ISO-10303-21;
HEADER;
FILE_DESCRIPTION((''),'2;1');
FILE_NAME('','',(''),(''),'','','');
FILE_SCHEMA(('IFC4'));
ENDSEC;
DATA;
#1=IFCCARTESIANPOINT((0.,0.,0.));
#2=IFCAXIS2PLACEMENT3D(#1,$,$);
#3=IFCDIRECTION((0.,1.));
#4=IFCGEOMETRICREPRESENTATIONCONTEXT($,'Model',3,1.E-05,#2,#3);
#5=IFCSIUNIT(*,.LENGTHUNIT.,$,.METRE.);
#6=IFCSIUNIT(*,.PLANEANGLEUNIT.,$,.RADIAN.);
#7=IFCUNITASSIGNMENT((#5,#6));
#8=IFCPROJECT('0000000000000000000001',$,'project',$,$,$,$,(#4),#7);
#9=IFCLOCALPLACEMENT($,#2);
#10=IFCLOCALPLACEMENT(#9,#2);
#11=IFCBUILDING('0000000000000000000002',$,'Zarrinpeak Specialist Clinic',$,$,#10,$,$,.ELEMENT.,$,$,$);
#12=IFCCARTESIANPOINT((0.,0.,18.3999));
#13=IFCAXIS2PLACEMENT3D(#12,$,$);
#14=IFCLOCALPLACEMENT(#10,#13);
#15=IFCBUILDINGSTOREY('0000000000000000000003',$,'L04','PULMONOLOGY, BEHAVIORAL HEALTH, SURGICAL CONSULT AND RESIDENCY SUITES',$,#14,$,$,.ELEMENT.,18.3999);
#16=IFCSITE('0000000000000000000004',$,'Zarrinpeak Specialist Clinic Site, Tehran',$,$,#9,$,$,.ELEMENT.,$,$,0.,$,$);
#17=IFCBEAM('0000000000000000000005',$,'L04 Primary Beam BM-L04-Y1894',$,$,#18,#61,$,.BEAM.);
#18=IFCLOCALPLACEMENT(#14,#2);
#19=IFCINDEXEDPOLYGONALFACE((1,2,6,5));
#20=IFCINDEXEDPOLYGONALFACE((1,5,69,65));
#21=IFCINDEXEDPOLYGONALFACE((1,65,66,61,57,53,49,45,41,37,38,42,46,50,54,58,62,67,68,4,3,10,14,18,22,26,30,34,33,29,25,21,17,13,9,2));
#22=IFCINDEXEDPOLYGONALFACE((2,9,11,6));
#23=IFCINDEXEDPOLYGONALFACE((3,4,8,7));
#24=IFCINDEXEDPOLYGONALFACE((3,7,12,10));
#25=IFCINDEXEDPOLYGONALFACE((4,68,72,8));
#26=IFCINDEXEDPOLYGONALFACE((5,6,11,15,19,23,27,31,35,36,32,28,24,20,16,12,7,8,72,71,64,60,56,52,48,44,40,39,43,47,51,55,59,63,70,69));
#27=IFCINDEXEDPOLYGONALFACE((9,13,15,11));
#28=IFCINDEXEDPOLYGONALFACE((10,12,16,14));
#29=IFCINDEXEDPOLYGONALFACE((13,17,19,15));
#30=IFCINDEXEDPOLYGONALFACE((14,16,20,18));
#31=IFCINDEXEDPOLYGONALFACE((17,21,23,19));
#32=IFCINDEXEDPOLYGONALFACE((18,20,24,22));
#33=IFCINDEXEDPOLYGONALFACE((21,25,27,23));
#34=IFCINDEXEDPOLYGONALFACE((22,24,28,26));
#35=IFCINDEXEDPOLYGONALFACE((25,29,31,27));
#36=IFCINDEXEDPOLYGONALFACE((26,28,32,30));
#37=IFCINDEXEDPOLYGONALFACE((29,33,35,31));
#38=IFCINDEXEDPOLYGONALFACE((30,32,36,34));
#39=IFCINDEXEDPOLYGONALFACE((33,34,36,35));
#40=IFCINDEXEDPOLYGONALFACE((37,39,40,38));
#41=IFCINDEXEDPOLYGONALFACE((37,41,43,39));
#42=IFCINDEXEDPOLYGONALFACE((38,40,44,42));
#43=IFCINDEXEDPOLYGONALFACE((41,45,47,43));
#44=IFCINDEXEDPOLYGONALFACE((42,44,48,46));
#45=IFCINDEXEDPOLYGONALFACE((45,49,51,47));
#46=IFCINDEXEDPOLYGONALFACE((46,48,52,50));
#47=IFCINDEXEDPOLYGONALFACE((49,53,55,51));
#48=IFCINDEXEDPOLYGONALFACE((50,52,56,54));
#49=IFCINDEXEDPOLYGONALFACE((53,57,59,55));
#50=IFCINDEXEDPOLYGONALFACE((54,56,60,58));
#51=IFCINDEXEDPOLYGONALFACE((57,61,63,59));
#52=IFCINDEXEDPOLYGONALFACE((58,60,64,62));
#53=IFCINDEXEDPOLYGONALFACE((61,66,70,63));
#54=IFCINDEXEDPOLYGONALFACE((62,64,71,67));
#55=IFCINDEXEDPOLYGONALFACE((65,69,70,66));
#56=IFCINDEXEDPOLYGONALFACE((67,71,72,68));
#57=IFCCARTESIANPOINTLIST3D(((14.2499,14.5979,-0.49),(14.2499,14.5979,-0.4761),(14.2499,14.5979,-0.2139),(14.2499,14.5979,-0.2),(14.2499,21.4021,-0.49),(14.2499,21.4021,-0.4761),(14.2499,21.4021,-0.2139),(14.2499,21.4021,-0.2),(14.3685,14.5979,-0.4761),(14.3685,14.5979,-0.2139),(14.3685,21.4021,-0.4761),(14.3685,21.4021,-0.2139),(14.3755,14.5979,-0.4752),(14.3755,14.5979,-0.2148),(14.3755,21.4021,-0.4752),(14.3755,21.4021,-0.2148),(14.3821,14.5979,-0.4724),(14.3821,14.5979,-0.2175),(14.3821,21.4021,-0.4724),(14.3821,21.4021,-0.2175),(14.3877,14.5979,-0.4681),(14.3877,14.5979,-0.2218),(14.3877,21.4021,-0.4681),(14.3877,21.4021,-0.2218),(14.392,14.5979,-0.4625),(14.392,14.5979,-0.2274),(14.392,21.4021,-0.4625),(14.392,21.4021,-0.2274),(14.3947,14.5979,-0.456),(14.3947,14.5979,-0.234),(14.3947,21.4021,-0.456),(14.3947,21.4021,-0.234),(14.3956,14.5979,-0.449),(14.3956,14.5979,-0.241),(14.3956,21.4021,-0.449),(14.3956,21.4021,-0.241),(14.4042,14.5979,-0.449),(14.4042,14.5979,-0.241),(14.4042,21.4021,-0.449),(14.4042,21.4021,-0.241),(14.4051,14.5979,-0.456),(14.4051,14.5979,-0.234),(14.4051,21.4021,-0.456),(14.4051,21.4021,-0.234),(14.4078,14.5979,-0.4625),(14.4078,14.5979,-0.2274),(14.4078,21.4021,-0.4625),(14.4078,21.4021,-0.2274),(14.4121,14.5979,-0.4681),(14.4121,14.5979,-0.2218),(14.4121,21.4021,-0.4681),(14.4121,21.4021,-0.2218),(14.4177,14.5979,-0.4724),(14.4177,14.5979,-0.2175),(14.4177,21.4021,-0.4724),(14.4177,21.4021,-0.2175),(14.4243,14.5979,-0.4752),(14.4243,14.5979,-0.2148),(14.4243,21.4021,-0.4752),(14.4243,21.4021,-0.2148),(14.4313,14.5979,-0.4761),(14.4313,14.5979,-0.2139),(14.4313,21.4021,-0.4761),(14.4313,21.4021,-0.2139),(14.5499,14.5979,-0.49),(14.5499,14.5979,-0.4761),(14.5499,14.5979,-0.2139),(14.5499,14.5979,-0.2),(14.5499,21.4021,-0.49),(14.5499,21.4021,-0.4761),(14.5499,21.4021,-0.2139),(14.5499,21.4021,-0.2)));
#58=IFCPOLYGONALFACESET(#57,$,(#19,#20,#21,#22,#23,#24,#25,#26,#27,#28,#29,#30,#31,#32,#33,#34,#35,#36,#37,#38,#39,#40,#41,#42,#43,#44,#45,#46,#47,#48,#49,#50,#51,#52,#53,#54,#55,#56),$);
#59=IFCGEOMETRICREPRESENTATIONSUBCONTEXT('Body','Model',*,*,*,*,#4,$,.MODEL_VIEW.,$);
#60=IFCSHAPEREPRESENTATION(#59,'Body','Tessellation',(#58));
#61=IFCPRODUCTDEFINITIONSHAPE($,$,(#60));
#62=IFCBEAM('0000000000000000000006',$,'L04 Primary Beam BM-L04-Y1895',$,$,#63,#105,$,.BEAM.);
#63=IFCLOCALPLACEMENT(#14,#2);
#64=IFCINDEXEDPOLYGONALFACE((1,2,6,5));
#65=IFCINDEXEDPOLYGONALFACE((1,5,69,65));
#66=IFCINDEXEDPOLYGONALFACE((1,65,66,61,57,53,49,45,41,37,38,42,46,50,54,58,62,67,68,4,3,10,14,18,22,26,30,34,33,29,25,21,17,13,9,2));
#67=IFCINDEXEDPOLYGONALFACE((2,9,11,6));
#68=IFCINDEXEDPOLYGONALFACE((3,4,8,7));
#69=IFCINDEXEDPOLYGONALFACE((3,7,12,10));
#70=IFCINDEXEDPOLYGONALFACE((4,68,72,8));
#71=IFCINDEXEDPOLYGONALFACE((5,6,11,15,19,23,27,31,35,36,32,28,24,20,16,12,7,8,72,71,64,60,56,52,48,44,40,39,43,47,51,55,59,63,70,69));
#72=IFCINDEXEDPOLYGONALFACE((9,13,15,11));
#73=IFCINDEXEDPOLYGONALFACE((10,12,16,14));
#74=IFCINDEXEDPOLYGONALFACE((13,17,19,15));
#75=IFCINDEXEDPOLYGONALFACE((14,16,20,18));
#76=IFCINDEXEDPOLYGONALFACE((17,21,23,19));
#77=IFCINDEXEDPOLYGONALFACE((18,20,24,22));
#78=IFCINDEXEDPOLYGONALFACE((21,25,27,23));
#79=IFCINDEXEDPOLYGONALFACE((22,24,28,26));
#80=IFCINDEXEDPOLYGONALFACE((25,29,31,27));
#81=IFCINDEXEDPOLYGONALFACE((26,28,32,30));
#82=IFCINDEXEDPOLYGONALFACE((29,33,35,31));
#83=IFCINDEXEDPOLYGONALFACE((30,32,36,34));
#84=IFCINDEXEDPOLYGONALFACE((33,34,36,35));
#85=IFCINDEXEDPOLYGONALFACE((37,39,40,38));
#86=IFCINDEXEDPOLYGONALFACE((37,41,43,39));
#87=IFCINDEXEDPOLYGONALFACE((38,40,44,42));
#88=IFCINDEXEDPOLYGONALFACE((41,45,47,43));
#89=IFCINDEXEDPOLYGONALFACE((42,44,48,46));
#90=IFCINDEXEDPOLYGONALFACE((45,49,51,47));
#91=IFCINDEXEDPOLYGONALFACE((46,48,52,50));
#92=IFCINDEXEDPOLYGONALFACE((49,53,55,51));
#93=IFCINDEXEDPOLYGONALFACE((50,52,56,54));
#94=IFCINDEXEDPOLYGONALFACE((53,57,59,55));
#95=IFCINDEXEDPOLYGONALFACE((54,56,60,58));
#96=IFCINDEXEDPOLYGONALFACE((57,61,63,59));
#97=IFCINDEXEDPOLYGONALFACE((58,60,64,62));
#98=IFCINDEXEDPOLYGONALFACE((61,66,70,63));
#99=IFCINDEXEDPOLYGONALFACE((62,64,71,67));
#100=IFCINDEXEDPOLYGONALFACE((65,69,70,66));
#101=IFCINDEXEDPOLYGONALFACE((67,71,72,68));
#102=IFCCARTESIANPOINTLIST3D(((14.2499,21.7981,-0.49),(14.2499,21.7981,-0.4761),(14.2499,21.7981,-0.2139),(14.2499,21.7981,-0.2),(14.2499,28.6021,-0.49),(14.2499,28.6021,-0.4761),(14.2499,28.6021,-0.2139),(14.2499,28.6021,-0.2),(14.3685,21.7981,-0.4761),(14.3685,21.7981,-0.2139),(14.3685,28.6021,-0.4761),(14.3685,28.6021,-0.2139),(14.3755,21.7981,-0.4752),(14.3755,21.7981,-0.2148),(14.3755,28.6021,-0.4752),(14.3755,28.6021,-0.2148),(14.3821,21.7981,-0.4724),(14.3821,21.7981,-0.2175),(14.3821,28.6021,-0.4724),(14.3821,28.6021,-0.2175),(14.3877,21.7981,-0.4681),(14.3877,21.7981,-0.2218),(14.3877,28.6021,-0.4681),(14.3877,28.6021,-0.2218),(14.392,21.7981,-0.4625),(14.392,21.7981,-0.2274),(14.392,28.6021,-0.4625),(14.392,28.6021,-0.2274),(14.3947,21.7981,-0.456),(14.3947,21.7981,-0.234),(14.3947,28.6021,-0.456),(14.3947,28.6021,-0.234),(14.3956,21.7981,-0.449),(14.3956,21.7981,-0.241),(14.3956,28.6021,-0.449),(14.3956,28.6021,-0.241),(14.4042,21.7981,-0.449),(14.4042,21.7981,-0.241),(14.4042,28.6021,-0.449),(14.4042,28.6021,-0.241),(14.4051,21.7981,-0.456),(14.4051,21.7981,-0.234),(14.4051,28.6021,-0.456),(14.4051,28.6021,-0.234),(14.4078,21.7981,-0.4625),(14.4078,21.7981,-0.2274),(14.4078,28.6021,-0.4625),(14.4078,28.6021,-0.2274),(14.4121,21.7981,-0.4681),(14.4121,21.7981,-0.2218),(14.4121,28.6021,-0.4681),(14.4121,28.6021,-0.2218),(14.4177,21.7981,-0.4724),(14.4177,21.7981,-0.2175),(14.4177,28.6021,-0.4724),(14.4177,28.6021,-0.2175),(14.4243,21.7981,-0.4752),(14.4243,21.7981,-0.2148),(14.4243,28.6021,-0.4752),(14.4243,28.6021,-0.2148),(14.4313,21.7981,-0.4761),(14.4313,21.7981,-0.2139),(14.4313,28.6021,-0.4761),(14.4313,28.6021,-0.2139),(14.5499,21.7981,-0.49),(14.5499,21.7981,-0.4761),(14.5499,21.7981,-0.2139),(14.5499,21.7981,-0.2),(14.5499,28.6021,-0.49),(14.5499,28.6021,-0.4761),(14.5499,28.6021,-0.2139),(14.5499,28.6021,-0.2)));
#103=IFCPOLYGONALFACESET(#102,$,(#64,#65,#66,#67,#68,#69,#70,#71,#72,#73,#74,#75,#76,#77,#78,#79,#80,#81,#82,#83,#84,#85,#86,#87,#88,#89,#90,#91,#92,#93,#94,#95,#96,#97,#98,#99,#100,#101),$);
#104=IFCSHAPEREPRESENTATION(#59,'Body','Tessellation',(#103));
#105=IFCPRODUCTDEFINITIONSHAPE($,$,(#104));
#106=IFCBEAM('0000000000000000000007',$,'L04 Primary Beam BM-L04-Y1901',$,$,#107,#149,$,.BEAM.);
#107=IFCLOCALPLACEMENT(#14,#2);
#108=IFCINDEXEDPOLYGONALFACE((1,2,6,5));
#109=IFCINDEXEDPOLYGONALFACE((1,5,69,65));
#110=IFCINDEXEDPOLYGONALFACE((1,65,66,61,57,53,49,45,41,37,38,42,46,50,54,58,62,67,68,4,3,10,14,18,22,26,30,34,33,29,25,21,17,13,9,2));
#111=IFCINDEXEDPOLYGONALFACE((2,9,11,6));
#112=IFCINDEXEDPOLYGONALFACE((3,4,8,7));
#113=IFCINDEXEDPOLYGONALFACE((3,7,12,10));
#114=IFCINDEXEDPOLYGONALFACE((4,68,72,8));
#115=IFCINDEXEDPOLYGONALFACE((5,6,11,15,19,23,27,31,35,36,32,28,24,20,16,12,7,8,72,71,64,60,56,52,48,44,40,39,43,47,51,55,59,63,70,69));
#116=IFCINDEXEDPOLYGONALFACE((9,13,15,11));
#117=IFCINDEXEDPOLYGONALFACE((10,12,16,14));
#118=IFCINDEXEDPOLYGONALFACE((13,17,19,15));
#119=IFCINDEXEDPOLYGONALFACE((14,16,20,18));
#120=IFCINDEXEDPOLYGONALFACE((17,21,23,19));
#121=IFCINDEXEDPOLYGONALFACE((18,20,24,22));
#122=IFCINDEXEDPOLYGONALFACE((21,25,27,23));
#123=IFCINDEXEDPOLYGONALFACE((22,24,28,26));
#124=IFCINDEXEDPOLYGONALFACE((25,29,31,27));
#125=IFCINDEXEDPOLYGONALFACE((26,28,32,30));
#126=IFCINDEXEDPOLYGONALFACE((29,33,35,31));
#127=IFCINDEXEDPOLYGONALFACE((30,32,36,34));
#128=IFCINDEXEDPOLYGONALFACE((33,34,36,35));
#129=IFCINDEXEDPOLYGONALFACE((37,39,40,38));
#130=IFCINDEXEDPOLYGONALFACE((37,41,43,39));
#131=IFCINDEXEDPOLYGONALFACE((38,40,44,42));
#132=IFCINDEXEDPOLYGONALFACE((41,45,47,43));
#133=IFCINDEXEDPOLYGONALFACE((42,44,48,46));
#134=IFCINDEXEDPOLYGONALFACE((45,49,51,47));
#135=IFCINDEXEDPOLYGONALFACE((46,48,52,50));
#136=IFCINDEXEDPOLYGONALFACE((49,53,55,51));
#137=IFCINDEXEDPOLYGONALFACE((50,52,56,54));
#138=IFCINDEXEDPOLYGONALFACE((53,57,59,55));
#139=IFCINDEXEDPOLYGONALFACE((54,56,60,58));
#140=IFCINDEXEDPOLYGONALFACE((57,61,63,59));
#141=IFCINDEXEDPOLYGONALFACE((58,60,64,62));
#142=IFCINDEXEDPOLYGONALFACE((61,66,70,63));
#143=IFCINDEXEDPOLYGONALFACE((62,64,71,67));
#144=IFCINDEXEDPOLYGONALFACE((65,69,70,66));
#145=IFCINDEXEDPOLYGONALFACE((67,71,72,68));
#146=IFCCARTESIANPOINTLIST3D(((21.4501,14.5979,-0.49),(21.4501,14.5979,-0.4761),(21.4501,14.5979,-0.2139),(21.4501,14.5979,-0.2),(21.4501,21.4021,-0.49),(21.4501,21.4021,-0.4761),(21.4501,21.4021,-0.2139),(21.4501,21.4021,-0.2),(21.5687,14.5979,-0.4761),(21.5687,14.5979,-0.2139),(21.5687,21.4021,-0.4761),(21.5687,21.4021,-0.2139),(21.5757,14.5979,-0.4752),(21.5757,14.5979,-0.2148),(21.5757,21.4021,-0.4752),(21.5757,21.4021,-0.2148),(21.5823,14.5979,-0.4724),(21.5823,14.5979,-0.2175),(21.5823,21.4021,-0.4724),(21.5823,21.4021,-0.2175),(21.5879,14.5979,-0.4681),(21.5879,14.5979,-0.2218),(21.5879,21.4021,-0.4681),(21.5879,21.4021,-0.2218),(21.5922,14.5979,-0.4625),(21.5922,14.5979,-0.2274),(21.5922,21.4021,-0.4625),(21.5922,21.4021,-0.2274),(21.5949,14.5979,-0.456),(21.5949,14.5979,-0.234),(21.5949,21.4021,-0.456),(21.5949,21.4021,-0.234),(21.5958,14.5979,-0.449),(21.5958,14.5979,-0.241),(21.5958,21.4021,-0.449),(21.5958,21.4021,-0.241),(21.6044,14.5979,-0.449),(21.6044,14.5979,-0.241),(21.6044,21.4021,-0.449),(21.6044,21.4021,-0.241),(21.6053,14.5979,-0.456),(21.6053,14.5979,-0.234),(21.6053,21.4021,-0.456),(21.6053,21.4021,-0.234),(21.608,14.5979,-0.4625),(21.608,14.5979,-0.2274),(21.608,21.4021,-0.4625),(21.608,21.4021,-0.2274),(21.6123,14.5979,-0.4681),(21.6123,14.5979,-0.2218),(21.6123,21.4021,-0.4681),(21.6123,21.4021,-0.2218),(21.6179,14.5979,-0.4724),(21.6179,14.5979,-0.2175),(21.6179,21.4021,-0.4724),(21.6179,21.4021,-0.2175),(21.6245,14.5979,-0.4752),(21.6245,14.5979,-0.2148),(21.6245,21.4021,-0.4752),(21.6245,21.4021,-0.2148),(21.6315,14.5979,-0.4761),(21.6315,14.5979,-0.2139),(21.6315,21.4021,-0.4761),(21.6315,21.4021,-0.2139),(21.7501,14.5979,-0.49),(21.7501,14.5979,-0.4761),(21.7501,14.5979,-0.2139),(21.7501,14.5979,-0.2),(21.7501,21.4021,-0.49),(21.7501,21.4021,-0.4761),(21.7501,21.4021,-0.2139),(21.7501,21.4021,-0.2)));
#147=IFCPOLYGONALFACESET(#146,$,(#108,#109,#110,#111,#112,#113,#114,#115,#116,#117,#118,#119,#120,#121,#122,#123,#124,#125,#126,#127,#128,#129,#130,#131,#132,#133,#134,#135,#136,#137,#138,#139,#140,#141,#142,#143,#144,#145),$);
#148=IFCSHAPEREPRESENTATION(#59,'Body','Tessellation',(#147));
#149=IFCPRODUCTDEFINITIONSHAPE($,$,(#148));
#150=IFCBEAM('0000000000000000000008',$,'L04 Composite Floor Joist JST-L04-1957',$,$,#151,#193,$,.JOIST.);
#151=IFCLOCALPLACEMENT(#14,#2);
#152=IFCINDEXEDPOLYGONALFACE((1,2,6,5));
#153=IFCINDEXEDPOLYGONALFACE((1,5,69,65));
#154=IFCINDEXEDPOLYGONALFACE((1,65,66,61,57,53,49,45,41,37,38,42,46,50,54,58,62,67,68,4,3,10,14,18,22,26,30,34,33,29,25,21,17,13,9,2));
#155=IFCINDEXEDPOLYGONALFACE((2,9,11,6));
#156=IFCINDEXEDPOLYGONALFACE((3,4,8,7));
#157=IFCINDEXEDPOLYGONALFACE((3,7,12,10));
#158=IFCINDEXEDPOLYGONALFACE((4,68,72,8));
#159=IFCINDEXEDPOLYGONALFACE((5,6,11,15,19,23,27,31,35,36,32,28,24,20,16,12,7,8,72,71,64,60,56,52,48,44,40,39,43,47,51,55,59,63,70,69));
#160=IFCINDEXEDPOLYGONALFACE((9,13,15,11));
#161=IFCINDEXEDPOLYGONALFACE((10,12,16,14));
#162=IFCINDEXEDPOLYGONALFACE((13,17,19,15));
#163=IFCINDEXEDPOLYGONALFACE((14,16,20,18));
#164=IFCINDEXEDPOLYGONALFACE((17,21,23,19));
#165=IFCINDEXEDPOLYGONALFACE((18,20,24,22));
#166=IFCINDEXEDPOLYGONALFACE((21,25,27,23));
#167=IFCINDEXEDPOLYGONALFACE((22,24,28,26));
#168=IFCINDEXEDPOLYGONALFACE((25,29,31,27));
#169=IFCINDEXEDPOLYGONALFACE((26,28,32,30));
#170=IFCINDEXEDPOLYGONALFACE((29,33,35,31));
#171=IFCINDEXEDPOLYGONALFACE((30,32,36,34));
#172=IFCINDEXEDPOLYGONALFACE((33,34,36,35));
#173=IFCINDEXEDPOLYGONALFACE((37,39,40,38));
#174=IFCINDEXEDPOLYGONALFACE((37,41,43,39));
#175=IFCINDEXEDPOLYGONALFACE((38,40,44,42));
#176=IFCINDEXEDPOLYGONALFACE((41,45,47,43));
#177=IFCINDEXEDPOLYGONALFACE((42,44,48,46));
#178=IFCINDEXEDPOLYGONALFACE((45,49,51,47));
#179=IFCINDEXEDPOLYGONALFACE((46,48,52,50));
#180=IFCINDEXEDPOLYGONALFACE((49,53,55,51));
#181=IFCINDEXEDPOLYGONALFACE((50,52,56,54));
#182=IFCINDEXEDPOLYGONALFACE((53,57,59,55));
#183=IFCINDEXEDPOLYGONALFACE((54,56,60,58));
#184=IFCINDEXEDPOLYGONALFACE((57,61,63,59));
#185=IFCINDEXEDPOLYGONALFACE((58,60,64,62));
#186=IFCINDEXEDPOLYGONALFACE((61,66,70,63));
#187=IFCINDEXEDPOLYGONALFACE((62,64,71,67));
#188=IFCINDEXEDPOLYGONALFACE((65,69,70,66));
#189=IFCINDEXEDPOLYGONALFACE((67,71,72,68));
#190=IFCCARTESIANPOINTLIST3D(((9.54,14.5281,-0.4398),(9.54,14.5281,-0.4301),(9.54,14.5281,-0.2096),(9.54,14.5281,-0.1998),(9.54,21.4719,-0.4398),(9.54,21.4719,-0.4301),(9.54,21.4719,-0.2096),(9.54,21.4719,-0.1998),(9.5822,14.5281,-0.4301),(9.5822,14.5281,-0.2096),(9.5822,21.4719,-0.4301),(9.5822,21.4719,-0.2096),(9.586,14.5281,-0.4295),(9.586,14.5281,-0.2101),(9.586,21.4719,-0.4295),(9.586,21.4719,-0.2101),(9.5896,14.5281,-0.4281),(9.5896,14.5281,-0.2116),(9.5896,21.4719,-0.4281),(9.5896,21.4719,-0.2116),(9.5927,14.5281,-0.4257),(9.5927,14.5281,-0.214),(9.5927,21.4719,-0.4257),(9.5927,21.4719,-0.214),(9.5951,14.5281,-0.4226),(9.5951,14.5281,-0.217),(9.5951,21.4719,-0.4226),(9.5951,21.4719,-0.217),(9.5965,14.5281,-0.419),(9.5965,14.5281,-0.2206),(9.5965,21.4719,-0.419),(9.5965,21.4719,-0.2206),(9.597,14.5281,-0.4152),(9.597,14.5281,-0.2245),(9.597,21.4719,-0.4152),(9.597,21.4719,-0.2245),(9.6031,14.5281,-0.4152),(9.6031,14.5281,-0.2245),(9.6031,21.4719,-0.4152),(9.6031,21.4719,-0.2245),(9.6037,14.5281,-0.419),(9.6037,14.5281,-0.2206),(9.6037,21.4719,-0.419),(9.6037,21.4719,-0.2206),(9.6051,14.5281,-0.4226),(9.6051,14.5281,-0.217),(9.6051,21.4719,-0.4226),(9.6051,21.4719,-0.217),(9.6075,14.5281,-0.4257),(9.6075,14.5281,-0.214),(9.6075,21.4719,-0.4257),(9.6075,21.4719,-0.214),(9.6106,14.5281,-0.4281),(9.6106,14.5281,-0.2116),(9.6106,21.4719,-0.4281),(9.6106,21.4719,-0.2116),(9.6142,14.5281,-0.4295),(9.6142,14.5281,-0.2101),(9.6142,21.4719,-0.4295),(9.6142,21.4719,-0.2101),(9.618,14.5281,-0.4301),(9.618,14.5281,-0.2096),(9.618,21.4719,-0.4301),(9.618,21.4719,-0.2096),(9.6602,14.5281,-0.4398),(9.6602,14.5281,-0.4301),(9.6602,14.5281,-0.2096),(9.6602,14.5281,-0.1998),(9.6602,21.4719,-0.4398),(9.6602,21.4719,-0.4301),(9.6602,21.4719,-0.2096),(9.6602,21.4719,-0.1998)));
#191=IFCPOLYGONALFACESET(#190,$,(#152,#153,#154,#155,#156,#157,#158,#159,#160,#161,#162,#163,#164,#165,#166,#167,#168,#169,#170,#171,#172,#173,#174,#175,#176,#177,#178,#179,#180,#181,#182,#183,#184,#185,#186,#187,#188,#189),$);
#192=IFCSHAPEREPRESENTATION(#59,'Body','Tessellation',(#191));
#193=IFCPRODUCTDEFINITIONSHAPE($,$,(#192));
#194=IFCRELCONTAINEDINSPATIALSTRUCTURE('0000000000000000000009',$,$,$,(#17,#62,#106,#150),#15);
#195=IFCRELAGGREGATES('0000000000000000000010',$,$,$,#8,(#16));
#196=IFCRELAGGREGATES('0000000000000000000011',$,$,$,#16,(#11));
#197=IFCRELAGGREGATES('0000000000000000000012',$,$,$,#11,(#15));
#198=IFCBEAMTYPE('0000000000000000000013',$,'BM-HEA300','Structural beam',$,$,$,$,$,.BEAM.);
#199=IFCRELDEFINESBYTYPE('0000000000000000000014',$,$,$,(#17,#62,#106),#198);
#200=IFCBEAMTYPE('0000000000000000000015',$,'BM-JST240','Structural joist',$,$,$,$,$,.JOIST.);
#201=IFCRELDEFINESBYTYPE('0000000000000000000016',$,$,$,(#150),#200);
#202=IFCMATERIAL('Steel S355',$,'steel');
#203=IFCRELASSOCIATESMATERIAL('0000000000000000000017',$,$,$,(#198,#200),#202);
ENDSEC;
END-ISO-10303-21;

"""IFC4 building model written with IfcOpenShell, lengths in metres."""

from ifc_helpers import new_model, si_unit, direction, frame, origin, origin_2d, place, context, subcontext, project, spatial, i_section, extrude, material, material_profile, profile_set, type_object, element, save


model = new_model("IFC4")

# Units and contexts
model_context = context("Model", 3, precision=1e-05, world=origin(), true_north=direction((0.0, 1.0)))
body_context = subcontext(model_context, "Body", "Model", "MODEL_VIEW")
ifc_project = project(units=[si_unit("LENGTHUNIT", "METRE"), si_unit("PLANEANGLEUNIT", "RADIAN")], contexts=[model_context])

# Site, building, storey
site_placement = place(None, origin())
site = spatial("IfcSite", under=ifc_project, at=site_placement, Name="Zarrinpeak Specialist Clinic Site, Tehran", CompositionType="ELEMENT", RefElevation=0.0)
building_placement = place(site_placement, origin())
building = spatial("IfcBuilding", under=site, at=building_placement, Name="Zarrinpeak Specialist Clinic", CompositionType="ELEMENT")
storey_placement = place(building_placement, frame((0.0, 0.0, 18.3999)))
storey = spatial("IfcBuildingStorey", under=building, at=storey_placement, Name="L04", Description="PULMONOLOGY, BEHAVIORAL HEALTH, SURGICAL CONSULT AND RESIDENCY SUITES", CompositionType="ELEMENT", Elevation=18.3999)

# Shared definitions
ifc_material_1 = material(Name="Steel S355", Category="steel")

# Beams
ifc_material_profile_1 = material_profile(ifc_material_1, i_section(OverallWidth=0.3, OverallDepth=0.29, WebThickness=0.0085, FlangeThickness=0.0139, FilletRadius=0.0271, at=origin_2d()), Name="HEA 300")
ifc_profile_set_1 = profile_set([ifc_material_profile_1], Name="Steel S355")
beam_type_1 = type_object("IfcBeamType", Name="BM-HEA300", Description="Structural beam", PredefinedType="BEAM", material=ifc_profile_set_1)
beam_1_placement = place(storey_placement, frame((14.3999, 14.5979, -0.345), z_axis=(0.0, 1.0, 0.0), x_axis=(-1.0, 0.0, 0.0)))
element("IfcBeam", 1, at=beam_1_placement, inside=storey, type_object=beam_type_1, Name="L04 Primary Beam BM-L04-Y1894", PredefinedType="BEAM", context=body_context, shape_type="SweptSolid", body=[
    extrude(i_section(OverallWidth=0.3, OverallDepth=0.29, WebThickness=0.0085, FlangeThickness=0.0139, FilletRadius=0.0271, at=origin_2d()), origin(), (0.0, 0.0, 1.0), 6.8042),
])
beam_2_placement = place(storey_placement, frame((14.3999, 21.7981, -0.345), z_axis=(0.0, 1.0, 0.0), x_axis=(-1.0, 0.0, 0.0)))
element("IfcBeam", 2, at=beam_2_placement, inside=storey, type_object=beam_type_1, Name="L04 Primary Beam BM-L04-Y1895", PredefinedType="BEAM", context=body_context, shape_type="SweptSolid", body=[
    extrude(i_section(OverallWidth=0.3, OverallDepth=0.29, WebThickness=0.0085, FlangeThickness=0.0139, FilletRadius=0.0271, at=origin_2d()), origin(), (0.0, 0.0, 1.0), 6.804),
])
beam_3_placement = place(storey_placement, frame((21.6001, 14.5979, -0.345), z_axis=(0.0, 1.0, 0.0), x_axis=(-1.0, 0.0, 0.0)))
element("IfcBeam", 3, at=beam_3_placement, inside=storey, type_object=beam_type_1, Name="L04 Primary Beam BM-L04-Y1901", PredefinedType="BEAM", context=body_context, shape_type="SweptSolid", body=[
    extrude(i_section(OverallWidth=0.3, OverallDepth=0.29, WebThickness=0.0085, FlangeThickness=0.0139, FilletRadius=0.0271, at=origin_2d()), origin(), (0.0, 0.0, 1.0), 6.8042),
])
ifc_material_profile_2 = material_profile(ifc_material_1, i_section(OverallWidth=0.1201, OverallDepth=0.24, WebThickness=0.0061, FlangeThickness=0.0098, FilletRadius=0.0149, at=origin_2d()), Name="IPE 240")
ifc_profile_set_2 = profile_set([ifc_material_profile_2], Name="Steel S355")
beam_type_2 = type_object("IfcBeamType", Name="BM-JST240", Description="Structural joist", PredefinedType="JOIST", material=ifc_profile_set_2)
for number, where, z_axis, x_axis, name in (
    (4, (9.6001, 14.5281, -0.3198), (0.0, 1.0, 0.0), (-1.0, 0.0, 0.0), "L04 Composite Floor Joist JST-L04-1957"),
):
    element("IfcBeam", number, at=place(storey_placement, frame(where, z_axis=z_axis, x_axis=x_axis)), inside=storey, type_object=beam_type_2, Name=name, PredefinedType="JOIST", context=body_context, shape_type="SweptSolid", body=[
        extrude(i_section(OverallWidth=0.1201, OverallDepth=0.24, WebThickness=0.0061, FlangeThickness=0.0098, FilletRadius=0.0149, at=origin_2d()), origin(), (0.0, 0.0, 1.0), 6.9438),
    ])

save(model, "model.ifc")
